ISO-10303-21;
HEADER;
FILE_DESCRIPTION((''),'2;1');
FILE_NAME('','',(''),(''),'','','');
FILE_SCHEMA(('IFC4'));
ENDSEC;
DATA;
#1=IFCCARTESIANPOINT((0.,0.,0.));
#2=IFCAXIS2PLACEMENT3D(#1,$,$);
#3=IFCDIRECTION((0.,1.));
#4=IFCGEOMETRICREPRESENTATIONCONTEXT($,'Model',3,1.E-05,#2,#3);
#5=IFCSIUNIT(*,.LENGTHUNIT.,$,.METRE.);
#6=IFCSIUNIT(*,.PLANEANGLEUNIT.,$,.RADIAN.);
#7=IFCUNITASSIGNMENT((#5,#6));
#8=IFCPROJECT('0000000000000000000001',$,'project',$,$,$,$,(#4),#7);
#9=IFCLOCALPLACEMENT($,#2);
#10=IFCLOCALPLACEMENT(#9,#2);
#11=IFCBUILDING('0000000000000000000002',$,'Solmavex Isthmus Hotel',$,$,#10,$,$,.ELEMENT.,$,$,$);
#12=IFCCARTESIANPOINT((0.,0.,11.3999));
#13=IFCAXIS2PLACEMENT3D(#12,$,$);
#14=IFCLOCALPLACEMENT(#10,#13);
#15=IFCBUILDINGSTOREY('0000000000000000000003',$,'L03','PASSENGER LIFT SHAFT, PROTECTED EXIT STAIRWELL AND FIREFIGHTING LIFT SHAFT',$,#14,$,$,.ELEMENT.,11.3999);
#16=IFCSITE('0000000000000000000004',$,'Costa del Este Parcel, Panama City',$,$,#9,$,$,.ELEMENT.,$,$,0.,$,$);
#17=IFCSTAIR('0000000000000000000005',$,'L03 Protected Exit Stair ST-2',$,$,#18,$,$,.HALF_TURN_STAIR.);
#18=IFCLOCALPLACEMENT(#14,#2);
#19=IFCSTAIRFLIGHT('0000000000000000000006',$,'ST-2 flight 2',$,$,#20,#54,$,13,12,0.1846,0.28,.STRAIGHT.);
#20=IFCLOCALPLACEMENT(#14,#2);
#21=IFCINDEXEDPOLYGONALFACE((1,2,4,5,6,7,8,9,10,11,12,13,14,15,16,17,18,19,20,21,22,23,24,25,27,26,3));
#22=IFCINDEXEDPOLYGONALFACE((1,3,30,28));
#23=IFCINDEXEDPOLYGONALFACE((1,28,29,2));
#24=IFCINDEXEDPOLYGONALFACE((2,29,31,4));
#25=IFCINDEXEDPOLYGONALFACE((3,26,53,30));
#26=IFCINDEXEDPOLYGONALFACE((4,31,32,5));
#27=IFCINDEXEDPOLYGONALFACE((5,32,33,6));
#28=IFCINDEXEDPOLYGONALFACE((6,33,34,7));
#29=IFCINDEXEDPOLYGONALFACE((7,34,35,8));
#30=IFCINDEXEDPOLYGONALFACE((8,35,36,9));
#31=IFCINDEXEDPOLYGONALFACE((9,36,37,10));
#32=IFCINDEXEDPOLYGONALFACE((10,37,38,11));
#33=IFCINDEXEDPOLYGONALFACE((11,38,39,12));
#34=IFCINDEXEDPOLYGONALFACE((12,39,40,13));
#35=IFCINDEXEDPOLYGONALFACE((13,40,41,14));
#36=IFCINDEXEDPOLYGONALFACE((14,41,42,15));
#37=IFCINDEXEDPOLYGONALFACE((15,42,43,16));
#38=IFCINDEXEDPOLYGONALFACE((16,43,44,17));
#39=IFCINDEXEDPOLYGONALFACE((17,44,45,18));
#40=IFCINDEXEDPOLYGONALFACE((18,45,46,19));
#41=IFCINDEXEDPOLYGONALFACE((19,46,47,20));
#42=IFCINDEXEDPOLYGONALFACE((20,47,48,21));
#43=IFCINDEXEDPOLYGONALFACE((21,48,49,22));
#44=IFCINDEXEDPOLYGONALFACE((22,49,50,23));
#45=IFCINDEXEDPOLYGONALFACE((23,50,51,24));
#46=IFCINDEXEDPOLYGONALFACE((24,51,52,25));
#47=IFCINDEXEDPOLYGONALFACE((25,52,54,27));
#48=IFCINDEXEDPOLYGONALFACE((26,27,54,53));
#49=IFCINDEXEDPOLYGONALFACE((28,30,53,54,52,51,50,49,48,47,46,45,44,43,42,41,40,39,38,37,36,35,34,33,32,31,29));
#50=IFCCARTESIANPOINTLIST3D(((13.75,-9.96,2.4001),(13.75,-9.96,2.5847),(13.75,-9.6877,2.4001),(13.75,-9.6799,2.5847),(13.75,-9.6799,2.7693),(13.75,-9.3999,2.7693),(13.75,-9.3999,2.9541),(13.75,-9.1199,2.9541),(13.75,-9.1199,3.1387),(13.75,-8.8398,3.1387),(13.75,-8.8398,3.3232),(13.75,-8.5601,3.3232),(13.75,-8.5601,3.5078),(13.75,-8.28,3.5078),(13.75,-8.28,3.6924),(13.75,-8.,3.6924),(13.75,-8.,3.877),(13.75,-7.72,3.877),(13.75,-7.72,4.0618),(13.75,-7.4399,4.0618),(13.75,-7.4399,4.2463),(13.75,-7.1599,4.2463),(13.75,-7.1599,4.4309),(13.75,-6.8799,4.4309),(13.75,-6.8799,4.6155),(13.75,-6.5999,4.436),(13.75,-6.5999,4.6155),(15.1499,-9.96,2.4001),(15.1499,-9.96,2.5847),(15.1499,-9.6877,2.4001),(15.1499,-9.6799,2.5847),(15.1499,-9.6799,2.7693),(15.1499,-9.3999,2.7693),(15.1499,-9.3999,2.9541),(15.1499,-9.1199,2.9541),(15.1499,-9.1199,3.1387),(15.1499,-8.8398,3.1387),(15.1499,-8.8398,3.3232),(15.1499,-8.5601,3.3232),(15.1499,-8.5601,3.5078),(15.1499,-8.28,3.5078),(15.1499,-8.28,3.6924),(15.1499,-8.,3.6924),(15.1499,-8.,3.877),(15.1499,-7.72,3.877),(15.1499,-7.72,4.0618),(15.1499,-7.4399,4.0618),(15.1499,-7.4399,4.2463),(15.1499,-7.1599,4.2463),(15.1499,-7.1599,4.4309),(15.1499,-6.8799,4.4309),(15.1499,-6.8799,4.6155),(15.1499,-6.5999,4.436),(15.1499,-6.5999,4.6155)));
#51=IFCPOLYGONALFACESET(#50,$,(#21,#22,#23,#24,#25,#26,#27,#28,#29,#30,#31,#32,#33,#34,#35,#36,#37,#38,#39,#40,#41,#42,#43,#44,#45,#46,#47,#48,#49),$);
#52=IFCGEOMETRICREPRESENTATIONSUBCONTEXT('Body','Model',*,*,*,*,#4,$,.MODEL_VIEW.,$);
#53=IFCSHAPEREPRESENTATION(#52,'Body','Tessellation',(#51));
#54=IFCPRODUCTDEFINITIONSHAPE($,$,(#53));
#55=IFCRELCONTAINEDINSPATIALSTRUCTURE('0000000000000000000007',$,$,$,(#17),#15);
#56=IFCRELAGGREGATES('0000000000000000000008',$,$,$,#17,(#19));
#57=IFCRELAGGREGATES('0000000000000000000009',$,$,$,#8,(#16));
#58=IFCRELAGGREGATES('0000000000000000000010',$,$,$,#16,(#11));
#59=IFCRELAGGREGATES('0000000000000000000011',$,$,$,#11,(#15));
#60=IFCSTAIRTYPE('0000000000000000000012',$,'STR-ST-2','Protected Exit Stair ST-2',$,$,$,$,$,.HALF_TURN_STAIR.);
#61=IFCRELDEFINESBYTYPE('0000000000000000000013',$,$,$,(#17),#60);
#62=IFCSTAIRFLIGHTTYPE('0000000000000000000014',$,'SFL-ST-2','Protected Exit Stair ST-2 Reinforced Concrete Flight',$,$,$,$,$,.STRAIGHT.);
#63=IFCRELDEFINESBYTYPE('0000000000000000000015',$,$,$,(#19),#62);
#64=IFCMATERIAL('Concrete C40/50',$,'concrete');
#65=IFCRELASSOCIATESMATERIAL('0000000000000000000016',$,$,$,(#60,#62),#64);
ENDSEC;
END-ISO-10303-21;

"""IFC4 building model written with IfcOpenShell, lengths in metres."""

from ifc_helpers import new_model, si_unit, direction, frame, origin, place, context, subcontext, project, spatial, polyline, outline, extrude, material, type_object, element, aggregate, save


model = new_model("IFC4")

# Units and contexts
model_context = context("Model", 3, precision=1e-05, world=origin(), true_north=direction((0.0, 1.0)))
body_context = subcontext(model_context, "Body", "Model", "MODEL_VIEW")
ifc_project = project(units=[si_unit("LENGTHUNIT", "METRE"), si_unit("PLANEANGLEUNIT", "RADIAN")], contexts=[model_context])

# Site, building, storey
site_placement = place(None, origin())
site = spatial("IfcSite", under=ifc_project, at=site_placement, Name="Costa del Este Parcel, Panama City", CompositionType="ELEMENT", RefElevation=0.0)
building_placement = place(site_placement, origin())
building = spatial("IfcBuilding", under=site, at=building_placement, Name="Solmavex Isthmus Hotel", CompositionType="ELEMENT")
storey_placement = place(building_placement, frame((0.0, 0.0, 11.3999)))
storey = spatial("IfcBuildingStorey", under=building, at=storey_placement, Name="L03", Description="PASSENGER LIFT SHAFT, PROTECTED EXIT STAIRWELL AND FIREFIGHTING LIFT SHAFT", CompositionType="ELEMENT", Elevation=11.3999)

# Shared definitions
ifc_material_1 = material(Name="Concrete C40/50", Category="concrete")

# Stair, stair flight
stair_type = type_object("IfcStairType", Name="STR-ST-2", Description="Protected Exit Stair ST-2", PredefinedType="HALF_TURN_STAIR", material=ifc_material_1)
stair_placement = place(storey_placement, origin())
stair = element("IfcStair", 1, at=stair_placement, inside=storey, type_object=stair_type, Name="L03 Protected Exit Stair ST-2", PredefinedType="HALF_TURN_STAIR")
stair_flight_type = type_object("IfcStairFlightType", Name="SFL-ST-2", Description="Protected Exit Stair ST-2 Reinforced Concrete Flight", PredefinedType="STRAIGHT", material=ifc_material_1)
stair_flight_placement = place(storey_placement, frame((14.45, -9.96, 2.4001), z_axis=(0.0, 0.0, 1.0), x_axis=(0.0, 1.0, 0.0)))
stair_flight = element("IfcStairFlight", 2, at=stair_flight_placement, type_object=stair_flight_type, Name="ST-2 flight 2", NumberOfRisers=13, NumberOfTreads=12, PredefinedType="STRAIGHT", RiserHeight=0.1846, TreadLength=0.28, context=body_context, shape_type="SweptSolid", body=[
    extrude(outline(polyline([(0.0, 0.0), (0.0, 0.1846), (0.28, 0.1846), (0.28, 0.3691), (0.5601, 0.3691), (0.5601, 0.554), (0.8401, 0.554), (0.8401, 0.7385), (1.1201, 0.7385), (1.1201, 0.9231), (1.3999, 0.9231), (1.3999, 1.1077), (1.6799, 1.1077), (1.6799, 1.2922), (1.96, 1.2922), (1.96, 1.4768), (2.24, 1.4768), (2.24, 1.6616), (2.52, 1.6616), (2.52, 1.8462), (2.8, 1.8462), (2.8, 2.0308), (3.0801, 2.0308), (3.0801, 2.2153), (3.3601, 2.2153), (3.3601, 2.3999), (3.3601, 2.0359), (0.2722, 0.0), (0.0, 0.0)])), frame((0.0, 0.7, 0.0), z_axis=(0.0, -1.0, 0.0), x_axis=(1.0, 0.0, 0.0)), (0.0, 0.0, 1.0), 1.3999),
])
aggregate(stair, [stair_flight])

save(model, "model.ifc")
